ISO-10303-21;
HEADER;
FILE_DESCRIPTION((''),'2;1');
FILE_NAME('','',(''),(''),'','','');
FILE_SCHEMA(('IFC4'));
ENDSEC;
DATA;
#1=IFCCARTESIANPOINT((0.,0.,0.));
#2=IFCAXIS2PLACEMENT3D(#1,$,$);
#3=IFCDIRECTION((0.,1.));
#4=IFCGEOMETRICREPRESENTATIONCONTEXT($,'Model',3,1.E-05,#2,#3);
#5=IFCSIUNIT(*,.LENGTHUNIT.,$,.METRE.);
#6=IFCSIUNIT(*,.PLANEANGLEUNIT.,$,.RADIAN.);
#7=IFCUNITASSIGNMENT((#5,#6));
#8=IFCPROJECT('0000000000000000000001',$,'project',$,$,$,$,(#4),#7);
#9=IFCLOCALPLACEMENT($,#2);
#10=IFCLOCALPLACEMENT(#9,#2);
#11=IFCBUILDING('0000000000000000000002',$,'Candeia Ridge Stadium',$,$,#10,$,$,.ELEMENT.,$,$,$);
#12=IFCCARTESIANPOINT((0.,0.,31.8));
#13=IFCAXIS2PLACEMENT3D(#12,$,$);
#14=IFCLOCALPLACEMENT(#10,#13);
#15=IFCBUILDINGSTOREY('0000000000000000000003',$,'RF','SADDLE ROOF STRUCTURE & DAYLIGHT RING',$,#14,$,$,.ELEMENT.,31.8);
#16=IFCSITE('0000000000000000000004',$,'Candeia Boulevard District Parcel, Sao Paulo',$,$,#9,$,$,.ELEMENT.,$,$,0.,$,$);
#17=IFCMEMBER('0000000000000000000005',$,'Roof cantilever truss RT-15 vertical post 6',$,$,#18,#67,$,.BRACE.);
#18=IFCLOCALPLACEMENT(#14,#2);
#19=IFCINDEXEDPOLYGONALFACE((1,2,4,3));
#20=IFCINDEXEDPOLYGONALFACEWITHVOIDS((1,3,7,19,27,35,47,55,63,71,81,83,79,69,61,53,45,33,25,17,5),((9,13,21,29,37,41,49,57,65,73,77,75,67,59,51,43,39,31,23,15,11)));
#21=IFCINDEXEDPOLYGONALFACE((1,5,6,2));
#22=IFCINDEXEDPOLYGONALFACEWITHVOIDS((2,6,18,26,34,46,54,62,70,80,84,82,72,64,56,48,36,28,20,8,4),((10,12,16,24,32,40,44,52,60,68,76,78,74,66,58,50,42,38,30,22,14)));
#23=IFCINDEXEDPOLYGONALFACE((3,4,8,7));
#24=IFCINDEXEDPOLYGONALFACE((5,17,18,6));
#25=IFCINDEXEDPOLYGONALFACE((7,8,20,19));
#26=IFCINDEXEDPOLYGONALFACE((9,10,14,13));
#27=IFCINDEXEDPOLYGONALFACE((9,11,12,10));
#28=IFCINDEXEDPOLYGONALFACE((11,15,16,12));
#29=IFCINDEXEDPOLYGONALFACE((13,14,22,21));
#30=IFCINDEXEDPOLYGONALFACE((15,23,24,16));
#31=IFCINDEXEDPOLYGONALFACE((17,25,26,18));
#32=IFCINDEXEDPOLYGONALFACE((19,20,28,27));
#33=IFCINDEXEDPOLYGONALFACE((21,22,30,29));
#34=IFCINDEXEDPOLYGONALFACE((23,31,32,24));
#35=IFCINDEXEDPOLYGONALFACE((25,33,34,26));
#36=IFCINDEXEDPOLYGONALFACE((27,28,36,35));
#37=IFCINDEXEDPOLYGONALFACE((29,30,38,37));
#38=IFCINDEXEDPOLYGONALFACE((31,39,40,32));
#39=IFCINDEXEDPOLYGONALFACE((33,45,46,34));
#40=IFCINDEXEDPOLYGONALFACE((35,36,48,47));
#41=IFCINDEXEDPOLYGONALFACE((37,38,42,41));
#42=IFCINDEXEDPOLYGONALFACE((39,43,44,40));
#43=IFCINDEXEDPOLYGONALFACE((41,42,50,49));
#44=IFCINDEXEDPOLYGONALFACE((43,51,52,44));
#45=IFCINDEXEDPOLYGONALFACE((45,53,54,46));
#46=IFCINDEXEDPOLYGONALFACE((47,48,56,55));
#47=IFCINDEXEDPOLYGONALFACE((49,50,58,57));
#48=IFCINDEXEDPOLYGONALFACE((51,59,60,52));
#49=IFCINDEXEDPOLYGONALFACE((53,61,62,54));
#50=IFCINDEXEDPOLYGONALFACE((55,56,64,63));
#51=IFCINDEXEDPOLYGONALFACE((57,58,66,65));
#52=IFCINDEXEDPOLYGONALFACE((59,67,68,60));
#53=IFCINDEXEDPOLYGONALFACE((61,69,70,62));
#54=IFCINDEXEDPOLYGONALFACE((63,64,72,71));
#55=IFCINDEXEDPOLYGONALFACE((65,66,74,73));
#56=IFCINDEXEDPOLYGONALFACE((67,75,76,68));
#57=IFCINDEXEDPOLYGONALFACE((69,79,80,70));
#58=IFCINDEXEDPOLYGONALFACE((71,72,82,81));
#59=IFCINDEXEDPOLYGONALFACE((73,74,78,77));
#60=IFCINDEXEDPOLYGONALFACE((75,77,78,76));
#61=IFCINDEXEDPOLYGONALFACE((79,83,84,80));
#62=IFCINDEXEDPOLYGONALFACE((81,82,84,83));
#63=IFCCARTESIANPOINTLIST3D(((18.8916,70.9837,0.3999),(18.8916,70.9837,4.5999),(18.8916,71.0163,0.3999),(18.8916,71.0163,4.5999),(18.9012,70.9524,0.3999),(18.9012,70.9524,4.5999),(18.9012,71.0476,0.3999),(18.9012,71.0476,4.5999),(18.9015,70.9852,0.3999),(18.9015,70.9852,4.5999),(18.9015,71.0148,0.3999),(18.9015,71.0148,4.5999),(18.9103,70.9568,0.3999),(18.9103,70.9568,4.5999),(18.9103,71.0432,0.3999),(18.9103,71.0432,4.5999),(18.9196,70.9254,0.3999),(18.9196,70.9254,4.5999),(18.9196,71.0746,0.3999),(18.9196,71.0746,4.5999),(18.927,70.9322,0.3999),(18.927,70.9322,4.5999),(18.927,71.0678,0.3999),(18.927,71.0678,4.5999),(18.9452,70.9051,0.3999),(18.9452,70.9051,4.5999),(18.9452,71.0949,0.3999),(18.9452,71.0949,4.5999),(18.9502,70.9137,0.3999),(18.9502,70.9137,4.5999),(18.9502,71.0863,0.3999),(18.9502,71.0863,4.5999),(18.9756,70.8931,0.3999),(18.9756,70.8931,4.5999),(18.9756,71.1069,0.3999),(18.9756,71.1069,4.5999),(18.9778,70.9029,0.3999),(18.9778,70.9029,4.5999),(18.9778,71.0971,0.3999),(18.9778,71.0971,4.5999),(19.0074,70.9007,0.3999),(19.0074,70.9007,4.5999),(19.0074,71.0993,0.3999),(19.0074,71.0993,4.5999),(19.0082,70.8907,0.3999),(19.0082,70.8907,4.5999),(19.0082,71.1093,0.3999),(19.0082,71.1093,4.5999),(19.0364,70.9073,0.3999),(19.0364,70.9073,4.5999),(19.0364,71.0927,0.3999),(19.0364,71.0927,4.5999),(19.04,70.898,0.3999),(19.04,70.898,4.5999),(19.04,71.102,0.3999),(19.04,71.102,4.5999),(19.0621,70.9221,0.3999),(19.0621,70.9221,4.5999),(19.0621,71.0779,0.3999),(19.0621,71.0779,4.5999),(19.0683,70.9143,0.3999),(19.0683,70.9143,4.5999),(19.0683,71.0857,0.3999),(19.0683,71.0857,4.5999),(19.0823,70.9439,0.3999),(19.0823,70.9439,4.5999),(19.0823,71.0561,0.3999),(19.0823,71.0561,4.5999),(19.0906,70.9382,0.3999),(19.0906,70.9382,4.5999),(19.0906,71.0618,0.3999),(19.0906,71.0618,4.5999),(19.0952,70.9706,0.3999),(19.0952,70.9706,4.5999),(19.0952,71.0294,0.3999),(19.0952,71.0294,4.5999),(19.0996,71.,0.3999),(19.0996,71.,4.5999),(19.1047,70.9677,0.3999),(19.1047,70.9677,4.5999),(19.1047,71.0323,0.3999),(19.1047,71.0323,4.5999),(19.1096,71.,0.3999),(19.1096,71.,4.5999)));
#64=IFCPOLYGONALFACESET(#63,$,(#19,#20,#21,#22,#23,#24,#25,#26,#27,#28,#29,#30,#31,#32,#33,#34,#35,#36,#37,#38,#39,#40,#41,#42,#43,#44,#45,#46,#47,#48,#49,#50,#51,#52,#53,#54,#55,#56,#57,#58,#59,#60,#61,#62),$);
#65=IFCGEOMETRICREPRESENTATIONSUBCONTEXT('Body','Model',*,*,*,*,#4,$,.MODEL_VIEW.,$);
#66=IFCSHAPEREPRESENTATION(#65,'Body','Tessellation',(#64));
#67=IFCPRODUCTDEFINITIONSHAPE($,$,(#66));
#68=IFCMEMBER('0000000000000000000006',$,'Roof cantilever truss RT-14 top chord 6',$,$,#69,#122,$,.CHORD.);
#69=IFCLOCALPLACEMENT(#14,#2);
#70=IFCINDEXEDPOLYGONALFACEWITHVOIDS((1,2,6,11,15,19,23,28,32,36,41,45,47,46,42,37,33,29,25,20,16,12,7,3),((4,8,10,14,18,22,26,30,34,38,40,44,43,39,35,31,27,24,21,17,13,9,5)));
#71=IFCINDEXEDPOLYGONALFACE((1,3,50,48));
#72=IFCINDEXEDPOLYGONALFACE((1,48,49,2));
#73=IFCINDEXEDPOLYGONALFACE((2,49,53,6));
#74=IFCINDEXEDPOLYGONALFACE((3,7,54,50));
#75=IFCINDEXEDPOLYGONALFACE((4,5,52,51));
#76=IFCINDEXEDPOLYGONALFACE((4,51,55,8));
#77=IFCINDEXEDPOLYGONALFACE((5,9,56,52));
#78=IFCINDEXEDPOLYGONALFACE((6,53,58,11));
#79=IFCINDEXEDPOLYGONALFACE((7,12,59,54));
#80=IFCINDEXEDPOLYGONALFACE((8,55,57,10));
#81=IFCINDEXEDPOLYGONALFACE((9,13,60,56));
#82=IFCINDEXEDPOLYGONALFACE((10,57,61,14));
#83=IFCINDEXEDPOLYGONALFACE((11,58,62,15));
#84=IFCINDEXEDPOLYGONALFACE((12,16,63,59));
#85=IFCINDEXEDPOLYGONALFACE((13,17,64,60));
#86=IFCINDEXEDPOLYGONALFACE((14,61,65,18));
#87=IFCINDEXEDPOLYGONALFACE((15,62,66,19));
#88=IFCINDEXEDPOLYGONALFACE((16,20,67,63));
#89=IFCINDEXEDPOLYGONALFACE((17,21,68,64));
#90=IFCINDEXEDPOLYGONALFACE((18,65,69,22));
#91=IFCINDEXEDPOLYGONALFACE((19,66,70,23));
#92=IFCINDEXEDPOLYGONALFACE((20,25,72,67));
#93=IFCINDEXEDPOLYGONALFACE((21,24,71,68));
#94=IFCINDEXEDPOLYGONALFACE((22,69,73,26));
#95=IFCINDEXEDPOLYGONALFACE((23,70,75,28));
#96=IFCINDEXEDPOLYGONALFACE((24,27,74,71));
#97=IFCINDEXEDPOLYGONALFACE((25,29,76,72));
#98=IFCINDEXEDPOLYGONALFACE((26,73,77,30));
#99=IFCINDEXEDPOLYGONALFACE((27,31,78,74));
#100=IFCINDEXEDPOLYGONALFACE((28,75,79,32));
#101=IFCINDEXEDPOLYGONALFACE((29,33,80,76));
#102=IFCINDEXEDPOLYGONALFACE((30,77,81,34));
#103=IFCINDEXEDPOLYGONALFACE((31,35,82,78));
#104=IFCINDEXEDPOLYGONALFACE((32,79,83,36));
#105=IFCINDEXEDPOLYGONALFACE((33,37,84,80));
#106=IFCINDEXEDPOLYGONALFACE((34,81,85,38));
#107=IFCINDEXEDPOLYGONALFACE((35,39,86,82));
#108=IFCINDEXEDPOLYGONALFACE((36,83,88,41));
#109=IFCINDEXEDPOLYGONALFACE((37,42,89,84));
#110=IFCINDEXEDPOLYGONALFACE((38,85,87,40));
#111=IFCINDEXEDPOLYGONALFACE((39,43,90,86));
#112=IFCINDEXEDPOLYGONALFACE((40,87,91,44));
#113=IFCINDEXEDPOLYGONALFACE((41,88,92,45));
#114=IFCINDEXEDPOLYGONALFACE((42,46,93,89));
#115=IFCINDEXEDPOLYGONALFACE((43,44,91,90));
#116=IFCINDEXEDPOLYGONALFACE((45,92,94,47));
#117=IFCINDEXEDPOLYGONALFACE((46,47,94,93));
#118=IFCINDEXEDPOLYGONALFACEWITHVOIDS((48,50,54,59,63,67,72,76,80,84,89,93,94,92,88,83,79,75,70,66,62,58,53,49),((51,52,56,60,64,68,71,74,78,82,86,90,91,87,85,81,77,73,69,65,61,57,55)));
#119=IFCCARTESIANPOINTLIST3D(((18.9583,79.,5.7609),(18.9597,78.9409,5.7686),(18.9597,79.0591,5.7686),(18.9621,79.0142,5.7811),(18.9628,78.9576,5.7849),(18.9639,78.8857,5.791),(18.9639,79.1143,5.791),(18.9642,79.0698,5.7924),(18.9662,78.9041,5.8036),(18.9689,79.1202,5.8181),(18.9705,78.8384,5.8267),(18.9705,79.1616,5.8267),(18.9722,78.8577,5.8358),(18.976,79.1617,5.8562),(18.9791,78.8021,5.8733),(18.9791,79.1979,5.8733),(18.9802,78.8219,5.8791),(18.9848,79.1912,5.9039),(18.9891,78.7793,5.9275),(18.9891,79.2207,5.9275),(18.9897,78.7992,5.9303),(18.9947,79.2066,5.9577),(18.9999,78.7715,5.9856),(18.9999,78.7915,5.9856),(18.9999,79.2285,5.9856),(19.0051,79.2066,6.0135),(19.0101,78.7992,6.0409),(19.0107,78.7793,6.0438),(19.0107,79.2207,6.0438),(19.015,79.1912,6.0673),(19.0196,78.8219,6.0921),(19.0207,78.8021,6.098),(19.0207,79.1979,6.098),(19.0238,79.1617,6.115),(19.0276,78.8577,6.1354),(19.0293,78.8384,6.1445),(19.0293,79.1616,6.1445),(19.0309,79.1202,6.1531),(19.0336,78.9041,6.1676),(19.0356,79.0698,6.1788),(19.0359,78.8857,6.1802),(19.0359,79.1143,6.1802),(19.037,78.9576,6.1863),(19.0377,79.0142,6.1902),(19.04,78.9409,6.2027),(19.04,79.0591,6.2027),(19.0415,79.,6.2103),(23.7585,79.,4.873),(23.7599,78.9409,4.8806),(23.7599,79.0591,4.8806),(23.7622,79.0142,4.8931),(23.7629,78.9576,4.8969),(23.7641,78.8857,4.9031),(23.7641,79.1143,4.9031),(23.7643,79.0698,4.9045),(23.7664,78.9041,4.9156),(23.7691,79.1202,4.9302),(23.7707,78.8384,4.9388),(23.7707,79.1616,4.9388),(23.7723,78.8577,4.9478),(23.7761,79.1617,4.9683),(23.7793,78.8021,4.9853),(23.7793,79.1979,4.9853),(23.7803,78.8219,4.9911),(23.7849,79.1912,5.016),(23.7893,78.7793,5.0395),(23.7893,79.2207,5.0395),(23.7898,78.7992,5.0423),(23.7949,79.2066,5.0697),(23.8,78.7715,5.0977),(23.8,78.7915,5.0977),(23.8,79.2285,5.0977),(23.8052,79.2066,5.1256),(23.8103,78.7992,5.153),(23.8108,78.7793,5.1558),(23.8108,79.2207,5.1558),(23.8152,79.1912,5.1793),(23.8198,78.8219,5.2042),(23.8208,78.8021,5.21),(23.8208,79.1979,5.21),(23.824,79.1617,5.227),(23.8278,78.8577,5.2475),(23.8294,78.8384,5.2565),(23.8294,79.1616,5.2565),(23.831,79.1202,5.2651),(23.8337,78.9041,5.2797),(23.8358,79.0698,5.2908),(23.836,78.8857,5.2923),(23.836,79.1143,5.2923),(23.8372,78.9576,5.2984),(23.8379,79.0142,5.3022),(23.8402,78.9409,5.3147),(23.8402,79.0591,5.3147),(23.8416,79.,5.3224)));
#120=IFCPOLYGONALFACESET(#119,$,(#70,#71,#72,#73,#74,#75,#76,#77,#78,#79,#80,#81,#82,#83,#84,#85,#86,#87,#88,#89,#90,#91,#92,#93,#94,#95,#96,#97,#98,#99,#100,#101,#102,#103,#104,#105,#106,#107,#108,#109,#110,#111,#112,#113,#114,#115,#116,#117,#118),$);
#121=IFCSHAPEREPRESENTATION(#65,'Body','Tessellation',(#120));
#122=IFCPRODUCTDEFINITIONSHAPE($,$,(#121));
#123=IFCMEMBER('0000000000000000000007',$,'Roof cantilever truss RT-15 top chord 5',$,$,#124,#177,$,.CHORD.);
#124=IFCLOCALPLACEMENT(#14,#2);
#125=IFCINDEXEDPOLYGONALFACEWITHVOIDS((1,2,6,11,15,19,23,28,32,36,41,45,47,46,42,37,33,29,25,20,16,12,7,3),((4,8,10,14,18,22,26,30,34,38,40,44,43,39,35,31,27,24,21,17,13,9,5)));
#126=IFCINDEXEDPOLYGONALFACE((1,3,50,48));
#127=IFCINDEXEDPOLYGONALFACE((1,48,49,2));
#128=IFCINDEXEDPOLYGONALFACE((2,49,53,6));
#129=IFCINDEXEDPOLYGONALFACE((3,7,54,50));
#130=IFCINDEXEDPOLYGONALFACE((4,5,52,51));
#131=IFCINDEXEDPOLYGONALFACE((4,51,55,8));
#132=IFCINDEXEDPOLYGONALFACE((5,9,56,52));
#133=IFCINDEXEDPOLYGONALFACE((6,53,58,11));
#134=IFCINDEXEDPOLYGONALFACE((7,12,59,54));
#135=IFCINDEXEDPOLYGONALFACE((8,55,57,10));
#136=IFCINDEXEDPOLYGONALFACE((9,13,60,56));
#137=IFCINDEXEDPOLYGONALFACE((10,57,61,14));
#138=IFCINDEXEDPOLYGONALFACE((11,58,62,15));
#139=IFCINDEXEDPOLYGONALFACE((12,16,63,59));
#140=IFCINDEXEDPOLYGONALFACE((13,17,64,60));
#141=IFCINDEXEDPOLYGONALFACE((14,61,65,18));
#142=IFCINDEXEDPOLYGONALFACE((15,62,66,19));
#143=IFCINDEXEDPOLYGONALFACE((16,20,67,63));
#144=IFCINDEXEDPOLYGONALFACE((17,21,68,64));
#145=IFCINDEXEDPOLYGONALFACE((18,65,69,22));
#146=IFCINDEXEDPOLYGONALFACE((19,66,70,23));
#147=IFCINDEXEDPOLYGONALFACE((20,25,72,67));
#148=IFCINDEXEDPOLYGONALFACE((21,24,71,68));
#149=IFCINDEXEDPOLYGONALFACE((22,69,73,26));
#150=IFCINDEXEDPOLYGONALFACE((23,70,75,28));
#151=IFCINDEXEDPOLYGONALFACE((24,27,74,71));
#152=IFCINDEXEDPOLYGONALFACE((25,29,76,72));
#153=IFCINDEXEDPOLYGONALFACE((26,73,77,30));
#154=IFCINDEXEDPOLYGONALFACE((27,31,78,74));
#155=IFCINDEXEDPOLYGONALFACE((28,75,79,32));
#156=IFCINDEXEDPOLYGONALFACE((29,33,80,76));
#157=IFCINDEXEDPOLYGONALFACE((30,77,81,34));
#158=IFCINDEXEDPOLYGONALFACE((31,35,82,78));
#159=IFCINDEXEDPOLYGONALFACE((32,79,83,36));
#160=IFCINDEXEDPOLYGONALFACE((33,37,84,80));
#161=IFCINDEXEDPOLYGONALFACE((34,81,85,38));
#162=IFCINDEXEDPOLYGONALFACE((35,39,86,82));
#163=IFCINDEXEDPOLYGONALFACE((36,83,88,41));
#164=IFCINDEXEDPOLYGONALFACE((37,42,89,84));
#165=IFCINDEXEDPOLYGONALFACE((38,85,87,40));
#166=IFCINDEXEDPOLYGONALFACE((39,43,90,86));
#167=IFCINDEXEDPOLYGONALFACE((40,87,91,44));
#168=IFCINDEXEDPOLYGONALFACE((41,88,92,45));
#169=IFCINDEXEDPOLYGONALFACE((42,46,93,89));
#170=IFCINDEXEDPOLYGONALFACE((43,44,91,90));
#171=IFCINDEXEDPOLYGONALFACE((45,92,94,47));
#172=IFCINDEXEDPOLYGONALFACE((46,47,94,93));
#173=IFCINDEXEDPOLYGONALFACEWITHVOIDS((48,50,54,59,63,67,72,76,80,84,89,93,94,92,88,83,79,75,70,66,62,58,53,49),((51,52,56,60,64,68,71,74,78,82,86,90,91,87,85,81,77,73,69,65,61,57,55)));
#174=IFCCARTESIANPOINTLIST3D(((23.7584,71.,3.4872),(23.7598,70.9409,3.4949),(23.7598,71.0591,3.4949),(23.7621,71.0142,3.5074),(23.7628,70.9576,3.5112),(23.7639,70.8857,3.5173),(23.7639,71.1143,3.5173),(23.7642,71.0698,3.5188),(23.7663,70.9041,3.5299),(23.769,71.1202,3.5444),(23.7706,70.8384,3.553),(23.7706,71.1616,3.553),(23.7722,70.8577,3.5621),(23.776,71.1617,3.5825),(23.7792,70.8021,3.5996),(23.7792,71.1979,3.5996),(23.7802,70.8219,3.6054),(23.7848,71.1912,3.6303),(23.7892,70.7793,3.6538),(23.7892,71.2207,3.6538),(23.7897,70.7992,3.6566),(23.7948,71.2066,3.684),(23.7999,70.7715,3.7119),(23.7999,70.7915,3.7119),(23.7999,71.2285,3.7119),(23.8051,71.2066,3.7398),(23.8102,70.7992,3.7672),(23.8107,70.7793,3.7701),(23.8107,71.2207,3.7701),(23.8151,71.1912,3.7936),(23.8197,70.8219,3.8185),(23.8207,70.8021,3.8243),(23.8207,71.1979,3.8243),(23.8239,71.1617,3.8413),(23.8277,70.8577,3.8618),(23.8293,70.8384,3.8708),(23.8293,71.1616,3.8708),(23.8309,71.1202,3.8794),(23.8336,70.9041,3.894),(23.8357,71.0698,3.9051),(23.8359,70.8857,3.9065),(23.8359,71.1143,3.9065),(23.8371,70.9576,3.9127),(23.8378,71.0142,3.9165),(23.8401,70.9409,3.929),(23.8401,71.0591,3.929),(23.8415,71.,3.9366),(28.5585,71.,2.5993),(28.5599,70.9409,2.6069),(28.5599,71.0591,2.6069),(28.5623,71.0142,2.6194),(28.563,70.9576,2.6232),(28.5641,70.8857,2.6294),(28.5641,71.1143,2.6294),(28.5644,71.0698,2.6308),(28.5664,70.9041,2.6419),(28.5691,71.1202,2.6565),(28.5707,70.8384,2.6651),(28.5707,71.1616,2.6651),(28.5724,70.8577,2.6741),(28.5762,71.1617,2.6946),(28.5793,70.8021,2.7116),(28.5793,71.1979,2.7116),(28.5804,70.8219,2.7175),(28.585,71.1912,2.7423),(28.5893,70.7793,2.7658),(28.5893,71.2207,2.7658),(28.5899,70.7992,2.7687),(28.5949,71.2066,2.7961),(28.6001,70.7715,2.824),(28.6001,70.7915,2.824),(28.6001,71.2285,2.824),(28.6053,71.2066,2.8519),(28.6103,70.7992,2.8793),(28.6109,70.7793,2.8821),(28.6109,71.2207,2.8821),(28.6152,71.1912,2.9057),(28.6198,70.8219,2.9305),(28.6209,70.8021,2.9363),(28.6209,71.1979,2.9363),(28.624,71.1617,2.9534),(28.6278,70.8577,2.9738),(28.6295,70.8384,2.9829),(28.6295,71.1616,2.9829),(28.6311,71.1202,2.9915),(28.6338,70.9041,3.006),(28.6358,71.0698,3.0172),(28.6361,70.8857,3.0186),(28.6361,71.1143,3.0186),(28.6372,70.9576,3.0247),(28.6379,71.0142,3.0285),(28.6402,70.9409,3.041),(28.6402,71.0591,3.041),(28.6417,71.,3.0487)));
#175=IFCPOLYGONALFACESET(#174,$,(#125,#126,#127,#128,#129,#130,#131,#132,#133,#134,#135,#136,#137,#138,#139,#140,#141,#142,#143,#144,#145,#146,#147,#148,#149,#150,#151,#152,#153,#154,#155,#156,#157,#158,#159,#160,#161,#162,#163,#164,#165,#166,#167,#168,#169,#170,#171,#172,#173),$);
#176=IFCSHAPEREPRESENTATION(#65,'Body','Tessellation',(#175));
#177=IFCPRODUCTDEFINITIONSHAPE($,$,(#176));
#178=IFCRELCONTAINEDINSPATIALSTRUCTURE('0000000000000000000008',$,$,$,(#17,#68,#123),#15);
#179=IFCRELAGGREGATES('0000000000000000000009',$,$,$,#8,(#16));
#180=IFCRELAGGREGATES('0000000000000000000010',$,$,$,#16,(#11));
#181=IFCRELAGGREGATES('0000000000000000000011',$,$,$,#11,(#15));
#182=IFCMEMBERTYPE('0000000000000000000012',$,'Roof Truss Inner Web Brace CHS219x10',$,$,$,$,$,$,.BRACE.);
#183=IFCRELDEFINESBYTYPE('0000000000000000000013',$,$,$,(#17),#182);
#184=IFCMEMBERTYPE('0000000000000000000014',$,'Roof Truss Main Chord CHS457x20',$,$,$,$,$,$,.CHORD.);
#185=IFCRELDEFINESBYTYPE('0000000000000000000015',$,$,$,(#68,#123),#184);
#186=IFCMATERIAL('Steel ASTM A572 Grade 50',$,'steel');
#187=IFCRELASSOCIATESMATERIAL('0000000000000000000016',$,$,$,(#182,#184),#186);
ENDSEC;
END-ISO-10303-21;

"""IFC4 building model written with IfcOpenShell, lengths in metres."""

from ifc_helpers import new_model, si_unit, direction, frame, origin, origin_2d, place, context, subcontext, project, spatial, hollow_circle, extrude, material, material_profile, profile_set, type_object, element, save


model = new_model("IFC4")

# Units and contexts
model_context = context("Model", 3, precision=1e-05, world=origin(), true_north=direction((0.0, 1.0)))
body_context = subcontext(model_context, "Body", "Model", "MODEL_VIEW")
ifc_project = project(units=[si_unit("LENGTHUNIT", "METRE"), si_unit("PLANEANGLEUNIT", "RADIAN")], contexts=[model_context])

# Site, building, storey
site_placement = place(None, origin())
site = spatial("IfcSite", under=ifc_project, at=site_placement, Name="Candeia Boulevard District Parcel, Sao Paulo", CompositionType="ELEMENT", RefElevation=0.0)
building_placement = place(site_placement, origin())
building = spatial("IfcBuilding", under=site, at=building_placement, Name="Candeia Ridge Stadium", CompositionType="ELEMENT")
storey_placement = place(building_placement, frame((0.0, 0.0, 31.8)))
storey = spatial("IfcBuildingStorey", under=building, at=storey_placement, Name="RF", Description="SADDLE ROOF STRUCTURE & DAYLIGHT RING", CompositionType="ELEMENT", Elevation=31.8)

# Shared definitions
ifc_material_1 = material(Name="Steel ASTM A572 Grade 50", Category="steel")

# Members
ifc_material_profile_1 = material_profile(ifc_material_1, hollow_circle(Radius=0.1096, WallThickness=0.01, at=origin_2d()), Name="CHS219x10", Category="steel")
ifc_profile_set_1 = profile_set([ifc_material_profile_1], Name="Steel ASTM A572 Grade 50")
member_type_1 = type_object("IfcMemberType", Name="Roof Truss Inner Web Brace CHS219x10", PredefinedType="BRACE", material=ifc_profile_set_1)
member_1_placement = place(storey_placement, frame((19.0, 71.0, 0.3999), z_axis=(0.0, 0.0, 1.0), x_axis=(1.0, 0.0, 0.0)))
element("IfcMember", 1, at=member_1_placement, inside=storey, type_object=member_type_1, Name="Roof cantilever truss RT-15 vertical post 6", PredefinedType="BRACE", context=body_context, shape_type="SweptSolid", body=[
    extrude(hollow_circle(Radius=0.1096, WallThickness=0.01, at=origin_2d()), origin(), (0.0, 0.0, 1.0), 4.2),
])
ifc_material_profile_2 = material_profile(ifc_material_1, hollow_circle(Radius=0.2285, WallThickness=0.02, at=origin_2d()), Name="CHS457x20", Category="steel")
ifc_profile_set_2 = profile_set([ifc_material_profile_2], Name="Steel ASTM A572 Grade 50")
member_type_2 = type_object("IfcMemberType", Name="Roof Truss Main Chord CHS457x20", PredefinedType="CHORD", material=ifc_profile_set_2)
for number, where, z_axis, x_axis, name in (
    (2, (23.8, 79.0, 5.0977), (-0.983317, 0.0, 0.181899), (0.0, -1.0, 0.0), "Roof cantilever truss RT-14 top chord 6"),
    (3, (28.6001, 71.0, 2.824), (-0.983317, 0.0, 0.181899), (0.0, -1.0, 0.0), "Roof cantilever truss RT-15 top chord 5"),
):
    element("IfcMember", number, at=place(storey_placement, frame(where, z_axis=z_axis, x_axis=x_axis)), inside=storey, type_object=member_type_2, Name=name, PredefinedType="CHORD", context=body_context, shape_type="SweptSolid", body=[
        extrude(hollow_circle(Radius=0.2285, WallThickness=0.02, at=origin_2d()), origin(), (0.0, 0.0, 1.0), 4.8816),
    ])

save(model, "model.ifc")
